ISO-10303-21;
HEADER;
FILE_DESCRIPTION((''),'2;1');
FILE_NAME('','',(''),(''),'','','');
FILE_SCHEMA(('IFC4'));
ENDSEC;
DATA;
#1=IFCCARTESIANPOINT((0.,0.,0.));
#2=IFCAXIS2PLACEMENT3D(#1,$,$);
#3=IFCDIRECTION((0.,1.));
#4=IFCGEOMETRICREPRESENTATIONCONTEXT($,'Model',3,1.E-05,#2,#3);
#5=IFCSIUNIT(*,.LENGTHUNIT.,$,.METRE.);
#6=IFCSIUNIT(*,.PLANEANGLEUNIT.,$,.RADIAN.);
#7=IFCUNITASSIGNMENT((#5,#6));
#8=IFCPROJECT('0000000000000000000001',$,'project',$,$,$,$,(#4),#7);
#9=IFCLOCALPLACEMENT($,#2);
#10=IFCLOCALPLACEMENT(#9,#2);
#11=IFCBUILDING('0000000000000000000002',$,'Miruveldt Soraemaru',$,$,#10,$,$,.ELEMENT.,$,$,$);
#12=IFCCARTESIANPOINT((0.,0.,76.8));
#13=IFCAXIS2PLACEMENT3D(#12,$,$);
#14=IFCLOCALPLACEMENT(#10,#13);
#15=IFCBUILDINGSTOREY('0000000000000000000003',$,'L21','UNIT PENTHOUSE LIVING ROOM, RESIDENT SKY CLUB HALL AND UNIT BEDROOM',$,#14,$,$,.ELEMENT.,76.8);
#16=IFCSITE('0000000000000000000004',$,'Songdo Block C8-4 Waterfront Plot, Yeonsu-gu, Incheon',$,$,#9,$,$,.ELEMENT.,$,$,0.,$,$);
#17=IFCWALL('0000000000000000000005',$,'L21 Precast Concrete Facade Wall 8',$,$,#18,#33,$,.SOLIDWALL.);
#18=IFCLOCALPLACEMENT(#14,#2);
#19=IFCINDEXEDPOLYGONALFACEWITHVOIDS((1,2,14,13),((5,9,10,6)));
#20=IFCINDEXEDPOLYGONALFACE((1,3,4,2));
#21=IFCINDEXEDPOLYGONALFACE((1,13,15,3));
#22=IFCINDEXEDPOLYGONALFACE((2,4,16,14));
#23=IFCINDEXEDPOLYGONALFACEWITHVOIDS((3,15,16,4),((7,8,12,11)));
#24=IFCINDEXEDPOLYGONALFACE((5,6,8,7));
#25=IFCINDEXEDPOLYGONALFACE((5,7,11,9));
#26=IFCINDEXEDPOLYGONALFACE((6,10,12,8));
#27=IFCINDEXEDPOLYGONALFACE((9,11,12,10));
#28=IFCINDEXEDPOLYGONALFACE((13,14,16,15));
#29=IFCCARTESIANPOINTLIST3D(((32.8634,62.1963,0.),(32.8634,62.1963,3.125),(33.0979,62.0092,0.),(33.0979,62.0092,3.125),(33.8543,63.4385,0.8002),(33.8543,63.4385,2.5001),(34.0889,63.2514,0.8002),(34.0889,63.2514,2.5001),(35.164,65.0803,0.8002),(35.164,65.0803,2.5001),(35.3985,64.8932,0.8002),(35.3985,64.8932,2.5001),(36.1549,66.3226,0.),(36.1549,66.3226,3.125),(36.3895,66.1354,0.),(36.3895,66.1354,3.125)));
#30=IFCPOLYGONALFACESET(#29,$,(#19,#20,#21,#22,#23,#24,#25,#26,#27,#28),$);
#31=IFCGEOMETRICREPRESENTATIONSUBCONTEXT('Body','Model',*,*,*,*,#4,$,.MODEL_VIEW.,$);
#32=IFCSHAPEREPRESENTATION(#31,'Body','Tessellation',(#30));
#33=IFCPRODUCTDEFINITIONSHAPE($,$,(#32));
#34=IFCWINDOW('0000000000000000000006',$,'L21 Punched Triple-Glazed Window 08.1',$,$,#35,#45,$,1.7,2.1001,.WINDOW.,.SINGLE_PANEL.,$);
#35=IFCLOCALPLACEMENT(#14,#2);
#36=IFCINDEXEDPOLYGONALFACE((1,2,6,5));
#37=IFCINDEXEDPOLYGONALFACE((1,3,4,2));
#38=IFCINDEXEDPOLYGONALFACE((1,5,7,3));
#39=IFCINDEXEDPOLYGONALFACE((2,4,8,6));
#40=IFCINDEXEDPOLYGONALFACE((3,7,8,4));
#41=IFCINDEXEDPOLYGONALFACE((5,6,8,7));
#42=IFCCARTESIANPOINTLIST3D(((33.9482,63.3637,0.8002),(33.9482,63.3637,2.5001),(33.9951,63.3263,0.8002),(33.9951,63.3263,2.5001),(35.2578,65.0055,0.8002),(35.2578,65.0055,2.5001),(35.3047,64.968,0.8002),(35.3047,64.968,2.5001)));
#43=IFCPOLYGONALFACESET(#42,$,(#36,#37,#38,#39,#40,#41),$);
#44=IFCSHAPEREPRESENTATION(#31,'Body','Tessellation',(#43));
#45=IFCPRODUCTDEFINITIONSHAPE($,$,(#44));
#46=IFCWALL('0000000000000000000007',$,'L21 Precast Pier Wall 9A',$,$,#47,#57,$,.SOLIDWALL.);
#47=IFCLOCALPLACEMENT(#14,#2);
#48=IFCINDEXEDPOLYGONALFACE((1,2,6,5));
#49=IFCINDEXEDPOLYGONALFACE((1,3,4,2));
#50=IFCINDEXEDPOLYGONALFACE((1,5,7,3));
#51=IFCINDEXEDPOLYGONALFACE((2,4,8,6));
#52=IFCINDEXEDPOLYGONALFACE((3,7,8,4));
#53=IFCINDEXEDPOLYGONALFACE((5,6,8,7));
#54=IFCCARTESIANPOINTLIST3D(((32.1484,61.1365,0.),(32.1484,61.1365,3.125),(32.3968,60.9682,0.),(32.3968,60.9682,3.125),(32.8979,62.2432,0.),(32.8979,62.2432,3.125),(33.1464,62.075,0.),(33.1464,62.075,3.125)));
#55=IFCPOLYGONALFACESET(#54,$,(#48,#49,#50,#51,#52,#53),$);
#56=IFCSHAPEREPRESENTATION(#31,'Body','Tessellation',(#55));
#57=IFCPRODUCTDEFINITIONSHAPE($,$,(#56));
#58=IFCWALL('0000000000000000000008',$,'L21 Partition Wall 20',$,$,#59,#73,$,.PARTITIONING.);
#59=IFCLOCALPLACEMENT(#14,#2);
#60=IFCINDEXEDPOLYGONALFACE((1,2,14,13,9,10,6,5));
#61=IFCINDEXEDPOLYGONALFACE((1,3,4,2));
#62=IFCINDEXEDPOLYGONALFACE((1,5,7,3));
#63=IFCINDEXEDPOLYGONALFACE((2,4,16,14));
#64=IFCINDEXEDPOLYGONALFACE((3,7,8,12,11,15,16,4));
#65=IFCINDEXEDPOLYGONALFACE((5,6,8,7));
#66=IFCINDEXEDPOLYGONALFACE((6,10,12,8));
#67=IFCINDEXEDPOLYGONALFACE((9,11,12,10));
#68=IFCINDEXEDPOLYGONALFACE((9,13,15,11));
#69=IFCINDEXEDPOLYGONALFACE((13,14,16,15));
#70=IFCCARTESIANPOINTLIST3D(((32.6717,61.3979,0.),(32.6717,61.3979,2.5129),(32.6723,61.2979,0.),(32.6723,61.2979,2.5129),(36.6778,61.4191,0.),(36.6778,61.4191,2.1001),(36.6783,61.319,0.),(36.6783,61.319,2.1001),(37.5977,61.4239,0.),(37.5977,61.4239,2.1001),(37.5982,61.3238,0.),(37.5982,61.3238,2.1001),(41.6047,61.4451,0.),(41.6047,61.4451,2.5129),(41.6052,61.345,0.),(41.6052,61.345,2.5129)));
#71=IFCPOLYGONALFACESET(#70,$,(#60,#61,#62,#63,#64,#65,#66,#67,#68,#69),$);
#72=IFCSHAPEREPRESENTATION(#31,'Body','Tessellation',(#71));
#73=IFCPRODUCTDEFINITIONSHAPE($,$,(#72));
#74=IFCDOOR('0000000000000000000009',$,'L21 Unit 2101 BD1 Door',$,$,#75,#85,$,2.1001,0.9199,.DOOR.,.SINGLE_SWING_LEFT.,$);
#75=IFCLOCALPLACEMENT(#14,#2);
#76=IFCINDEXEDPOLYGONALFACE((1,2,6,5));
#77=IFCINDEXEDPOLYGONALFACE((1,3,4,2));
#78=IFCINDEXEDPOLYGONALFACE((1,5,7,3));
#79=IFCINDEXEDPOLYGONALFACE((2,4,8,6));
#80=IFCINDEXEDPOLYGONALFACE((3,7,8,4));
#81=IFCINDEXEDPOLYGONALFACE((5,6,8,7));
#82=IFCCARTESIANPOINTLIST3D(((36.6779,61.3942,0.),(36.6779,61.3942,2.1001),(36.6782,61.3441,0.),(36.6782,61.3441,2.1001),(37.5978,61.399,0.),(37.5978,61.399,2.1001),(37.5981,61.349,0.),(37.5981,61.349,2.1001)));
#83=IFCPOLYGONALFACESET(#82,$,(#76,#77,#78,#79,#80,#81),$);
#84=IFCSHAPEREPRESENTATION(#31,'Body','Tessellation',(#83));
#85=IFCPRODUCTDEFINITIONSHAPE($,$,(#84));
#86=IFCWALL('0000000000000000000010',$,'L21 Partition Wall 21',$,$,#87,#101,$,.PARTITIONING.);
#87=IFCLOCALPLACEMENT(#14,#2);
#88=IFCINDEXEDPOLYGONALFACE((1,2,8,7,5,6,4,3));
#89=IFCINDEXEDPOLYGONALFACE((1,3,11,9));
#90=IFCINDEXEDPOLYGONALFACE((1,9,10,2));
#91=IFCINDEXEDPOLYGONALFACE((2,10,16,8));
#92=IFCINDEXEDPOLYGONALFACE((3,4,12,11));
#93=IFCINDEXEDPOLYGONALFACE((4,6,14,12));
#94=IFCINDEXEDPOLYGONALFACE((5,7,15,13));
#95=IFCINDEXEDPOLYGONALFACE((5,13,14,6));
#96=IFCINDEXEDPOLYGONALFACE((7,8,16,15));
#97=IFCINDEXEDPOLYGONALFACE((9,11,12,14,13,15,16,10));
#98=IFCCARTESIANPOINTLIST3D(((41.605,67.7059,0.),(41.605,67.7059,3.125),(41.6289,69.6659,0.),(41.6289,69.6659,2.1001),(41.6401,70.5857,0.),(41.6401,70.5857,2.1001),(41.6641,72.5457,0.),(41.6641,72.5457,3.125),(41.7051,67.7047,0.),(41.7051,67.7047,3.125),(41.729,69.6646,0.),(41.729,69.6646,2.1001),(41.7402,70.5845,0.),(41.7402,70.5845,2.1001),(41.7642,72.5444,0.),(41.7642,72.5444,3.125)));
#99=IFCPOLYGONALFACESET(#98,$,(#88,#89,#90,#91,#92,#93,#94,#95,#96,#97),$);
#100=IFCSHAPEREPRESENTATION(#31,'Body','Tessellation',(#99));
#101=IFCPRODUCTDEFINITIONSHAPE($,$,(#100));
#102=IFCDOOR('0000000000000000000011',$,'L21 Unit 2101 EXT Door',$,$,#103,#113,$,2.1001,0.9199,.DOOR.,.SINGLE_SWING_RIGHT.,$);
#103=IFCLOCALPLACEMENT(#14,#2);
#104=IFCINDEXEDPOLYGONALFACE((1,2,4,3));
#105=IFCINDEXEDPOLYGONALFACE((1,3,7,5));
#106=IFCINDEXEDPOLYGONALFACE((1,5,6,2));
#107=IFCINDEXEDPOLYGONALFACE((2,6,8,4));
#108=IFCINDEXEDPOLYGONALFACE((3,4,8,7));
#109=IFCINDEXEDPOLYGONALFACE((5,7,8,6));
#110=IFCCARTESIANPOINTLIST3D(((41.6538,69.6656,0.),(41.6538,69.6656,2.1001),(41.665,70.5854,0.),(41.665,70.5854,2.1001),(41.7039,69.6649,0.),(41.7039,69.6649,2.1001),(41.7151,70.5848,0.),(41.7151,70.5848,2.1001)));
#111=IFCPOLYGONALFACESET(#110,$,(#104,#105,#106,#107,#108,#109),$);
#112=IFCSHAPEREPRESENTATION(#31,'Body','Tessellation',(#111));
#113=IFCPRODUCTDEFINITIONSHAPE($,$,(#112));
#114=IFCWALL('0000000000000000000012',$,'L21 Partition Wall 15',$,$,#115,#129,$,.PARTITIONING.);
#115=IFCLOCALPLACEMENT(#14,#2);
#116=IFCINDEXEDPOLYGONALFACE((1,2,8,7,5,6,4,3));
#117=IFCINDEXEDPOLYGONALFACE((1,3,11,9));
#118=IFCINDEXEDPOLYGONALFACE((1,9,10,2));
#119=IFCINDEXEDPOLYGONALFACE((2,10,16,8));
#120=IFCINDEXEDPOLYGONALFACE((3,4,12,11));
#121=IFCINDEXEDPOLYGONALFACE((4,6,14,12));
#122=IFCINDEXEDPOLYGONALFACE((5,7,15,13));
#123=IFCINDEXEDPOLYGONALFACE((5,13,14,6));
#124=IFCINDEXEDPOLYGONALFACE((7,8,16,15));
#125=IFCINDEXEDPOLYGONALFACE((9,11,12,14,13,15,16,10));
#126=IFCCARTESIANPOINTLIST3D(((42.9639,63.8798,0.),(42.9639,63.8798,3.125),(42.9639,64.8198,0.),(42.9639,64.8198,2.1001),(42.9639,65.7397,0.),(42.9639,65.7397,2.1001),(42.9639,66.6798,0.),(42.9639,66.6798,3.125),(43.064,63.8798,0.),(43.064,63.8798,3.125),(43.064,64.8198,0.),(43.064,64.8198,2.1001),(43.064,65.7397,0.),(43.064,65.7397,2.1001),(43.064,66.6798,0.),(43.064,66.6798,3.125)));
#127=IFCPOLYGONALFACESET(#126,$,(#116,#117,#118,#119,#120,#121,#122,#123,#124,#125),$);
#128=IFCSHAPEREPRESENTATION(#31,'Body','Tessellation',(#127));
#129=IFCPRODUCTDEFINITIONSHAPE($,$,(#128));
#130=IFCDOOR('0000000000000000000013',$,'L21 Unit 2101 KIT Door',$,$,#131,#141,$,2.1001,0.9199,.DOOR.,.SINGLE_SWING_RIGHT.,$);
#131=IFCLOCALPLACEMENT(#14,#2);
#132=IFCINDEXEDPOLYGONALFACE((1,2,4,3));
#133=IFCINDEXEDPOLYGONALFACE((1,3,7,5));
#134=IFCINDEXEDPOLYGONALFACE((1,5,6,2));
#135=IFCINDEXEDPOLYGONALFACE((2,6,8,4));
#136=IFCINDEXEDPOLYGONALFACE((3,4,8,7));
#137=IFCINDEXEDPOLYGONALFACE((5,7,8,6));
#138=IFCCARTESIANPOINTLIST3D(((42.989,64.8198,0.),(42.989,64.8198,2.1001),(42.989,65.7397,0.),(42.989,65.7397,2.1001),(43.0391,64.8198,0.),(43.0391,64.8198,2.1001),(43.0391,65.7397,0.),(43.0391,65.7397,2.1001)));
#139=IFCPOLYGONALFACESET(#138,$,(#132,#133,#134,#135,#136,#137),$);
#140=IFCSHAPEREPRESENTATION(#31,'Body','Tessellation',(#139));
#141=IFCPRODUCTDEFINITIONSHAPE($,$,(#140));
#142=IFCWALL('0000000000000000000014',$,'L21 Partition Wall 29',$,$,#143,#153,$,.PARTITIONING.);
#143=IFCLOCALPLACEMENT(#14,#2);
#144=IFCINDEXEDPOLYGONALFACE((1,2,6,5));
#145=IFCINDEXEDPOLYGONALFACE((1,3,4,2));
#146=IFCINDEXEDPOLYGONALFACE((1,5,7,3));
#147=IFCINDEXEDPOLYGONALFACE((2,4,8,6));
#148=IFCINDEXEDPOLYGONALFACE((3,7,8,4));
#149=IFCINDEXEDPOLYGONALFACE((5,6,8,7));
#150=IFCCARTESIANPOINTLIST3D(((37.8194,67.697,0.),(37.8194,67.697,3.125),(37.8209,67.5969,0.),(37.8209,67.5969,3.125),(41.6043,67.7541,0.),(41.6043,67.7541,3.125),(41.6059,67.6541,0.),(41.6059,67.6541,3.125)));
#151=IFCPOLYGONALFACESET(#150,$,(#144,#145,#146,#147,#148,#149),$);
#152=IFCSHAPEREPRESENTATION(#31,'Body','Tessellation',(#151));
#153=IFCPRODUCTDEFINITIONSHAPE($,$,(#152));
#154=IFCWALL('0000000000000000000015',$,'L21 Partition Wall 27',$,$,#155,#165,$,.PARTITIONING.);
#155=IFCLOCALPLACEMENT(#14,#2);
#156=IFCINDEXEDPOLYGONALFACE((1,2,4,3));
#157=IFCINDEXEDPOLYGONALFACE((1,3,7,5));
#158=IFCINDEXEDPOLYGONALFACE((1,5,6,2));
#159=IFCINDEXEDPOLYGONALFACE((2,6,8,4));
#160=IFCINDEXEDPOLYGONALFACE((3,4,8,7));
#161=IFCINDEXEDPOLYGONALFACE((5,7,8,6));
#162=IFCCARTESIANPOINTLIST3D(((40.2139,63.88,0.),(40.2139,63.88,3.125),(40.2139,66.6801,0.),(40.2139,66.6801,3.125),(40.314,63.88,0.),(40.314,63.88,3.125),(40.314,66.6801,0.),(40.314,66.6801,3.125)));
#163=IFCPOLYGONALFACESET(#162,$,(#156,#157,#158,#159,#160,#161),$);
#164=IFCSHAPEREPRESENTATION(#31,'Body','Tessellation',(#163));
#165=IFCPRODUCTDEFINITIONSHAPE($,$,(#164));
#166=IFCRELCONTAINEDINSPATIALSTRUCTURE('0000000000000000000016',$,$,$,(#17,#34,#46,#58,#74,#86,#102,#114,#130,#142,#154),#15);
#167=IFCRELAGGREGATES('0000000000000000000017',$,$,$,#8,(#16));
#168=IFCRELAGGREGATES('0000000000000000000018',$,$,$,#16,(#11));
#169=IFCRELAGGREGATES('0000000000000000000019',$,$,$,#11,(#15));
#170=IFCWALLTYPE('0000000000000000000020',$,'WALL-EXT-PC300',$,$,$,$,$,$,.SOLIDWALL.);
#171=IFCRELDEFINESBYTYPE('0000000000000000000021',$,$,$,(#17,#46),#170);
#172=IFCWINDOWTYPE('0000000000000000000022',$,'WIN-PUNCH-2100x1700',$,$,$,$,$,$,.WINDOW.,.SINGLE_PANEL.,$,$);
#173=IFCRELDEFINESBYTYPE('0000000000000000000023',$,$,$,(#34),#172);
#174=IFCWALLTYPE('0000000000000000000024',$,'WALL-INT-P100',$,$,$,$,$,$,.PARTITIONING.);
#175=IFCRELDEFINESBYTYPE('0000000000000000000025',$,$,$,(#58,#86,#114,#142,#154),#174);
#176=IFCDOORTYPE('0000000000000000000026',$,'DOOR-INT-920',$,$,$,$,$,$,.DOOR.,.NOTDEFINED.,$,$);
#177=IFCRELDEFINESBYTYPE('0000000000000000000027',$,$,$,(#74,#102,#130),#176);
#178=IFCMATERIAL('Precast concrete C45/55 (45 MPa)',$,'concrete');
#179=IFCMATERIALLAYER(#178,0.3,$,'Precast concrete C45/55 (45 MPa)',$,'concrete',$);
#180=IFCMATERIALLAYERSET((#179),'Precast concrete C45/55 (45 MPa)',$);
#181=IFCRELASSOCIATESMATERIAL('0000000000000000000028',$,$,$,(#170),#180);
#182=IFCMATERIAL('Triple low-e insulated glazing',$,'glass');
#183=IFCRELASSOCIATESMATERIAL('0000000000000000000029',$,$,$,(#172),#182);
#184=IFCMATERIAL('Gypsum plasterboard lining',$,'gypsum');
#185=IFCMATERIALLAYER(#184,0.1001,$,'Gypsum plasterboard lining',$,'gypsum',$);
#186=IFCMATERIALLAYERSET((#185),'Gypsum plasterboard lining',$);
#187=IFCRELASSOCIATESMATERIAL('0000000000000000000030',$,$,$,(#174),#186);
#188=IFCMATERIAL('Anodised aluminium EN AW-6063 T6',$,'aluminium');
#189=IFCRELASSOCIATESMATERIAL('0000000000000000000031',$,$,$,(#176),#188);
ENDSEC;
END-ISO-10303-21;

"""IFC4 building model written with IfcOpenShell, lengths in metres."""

from ifc_helpers import new_model, si_unit, direction, frame, frame_2d, origin, place, context, subcontext, project, spatial, rectangle, extrude, material, layer, layer_set, type_object, element, fill, save


model = new_model("IFC4")

# Units and contexts
model_context = context("Model", 3, precision=1e-05, world=origin(), true_north=direction((0.0, 1.0)))
body_context = subcontext(model_context, "Body", "Model", "MODEL_VIEW")
ifc_project = project(units=[si_unit("LENGTHUNIT", "METRE"), si_unit("PLANEANGLEUNIT", "RADIAN")], contexts=[model_context])

# Site, building, storey
site_placement = place(None, origin())
site = spatial("IfcSite", under=ifc_project, at=site_placement, Name="Songdo Block C8-4 Waterfront Plot, Yeonsu-gu, Incheon", CompositionType="ELEMENT", RefElevation=0.0)
building_placement = place(site_placement, origin())
building = spatial("IfcBuilding", under=site, at=building_placement, Name="Miruveldt Soraemaru", CompositionType="ELEMENT")
storey_placement = place(building_placement, frame((0.0, 0.0, 76.8)))
storey = spatial("IfcBuildingStorey", under=building, at=storey_placement, Name="L21", Description="UNIT PENTHOUSE LIVING ROOM, RESIDENT SKY CLUB HALL AND UNIT BEDROOM", CompositionType="ELEMENT", Elevation=76.8)

# Shared definitions
ifc_material_1 = material(Name="Anodised aluminium EN AW-6063 T6", Category="aluminium")

# Shared definitions
ifc_material_2 = material(Name="Triple low-e insulated glazing", Category="glass")

# Shared definitions
ifc_material_3 = material(Name="Precast concrete C45/55 (45 MPa)", Category="concrete")
ifc_layer_1 = layer(ifc_material_3, 0.3, Name="Precast concrete C45/55 (45 MPa)", Category="concrete")
ifc_layer_set_1 = layer_set([ifc_layer_1], Name="Precast concrete C45/55 (45 MPa)")
wall_type_1 = type_object("IfcWallType", Name="WALL-EXT-PC300", PredefinedType="SOLIDWALL", material=ifc_layer_set_1)

# Shared definitions
window_type_1 = type_object("IfcWindowType", Name="WIN-PUNCH-2100x1700", PartitioningType="SINGLE_PANEL", PredefinedType="WINDOW", material=ifc_material_2)

# Wall, opening, window
wall_1_placement = place(storey_placement, frame((36.2722, 66.229, 0.0), z_axis=(0.0, 0.0, 1.0), x_axis=(-0.6236, -0.781743, 0.0)))
wall_1 = element("IfcWall", 1, at=wall_1_placement, inside=storey, type_object=wall_type_1, Name="L21 Precast Concrete Facade Wall 8", PredefinedType="SOLIDWALL", context=body_context, shape_type="SweptSolid", body=[
    extrude(rectangle(XDim=5.2783, YDim=0.3, at=frame_2d((2.6392, 0.0))), origin(), (0.0, 0.0, 1.0), 3.125),
])
opening_1_placement = place(wall_1_placement, frame((1.5891, 0.0, 0.8)))
opening_1 = element("IfcOpeningElement", 2, at=opening_1_placement, cuts=wall_1, PredefinedType="OPENING", context=body_context, shape_type="SweptSolid", body=[
    extrude(rectangle(XDim=2.1001, YDim=1.7, at=frame_2d((1.05, 0.8501))), frame((0.0, 0.1602, 0.0), z_axis=(0.0, -1.0, 0.0), x_axis=(1.0, 0.0, 0.0)), (0.0, 0.0, 1.0), 0.3201),
])
window_1_placement = place(opening_1_placement, origin())
window_1 = element("IfcWindow", 3, at=window_1_placement, inside=storey, type_object=window_type_1, Name="L21 Punched Triple-Glazed Window 08.1", OverallHeight=1.7, OverallWidth=2.1001, PartitioningType="SINGLE_PANEL", PredefinedType="WINDOW", context=body_context, shape_type="SweptSolid", body=[
    extrude(rectangle(XDim=2.1001, YDim=1.7, at=frame_2d((1.05, 0.8501))), frame((0.0, 0.03, 0.0), z_axis=(0.0, -1.0, 0.0), x_axis=(1.0, 0.0, 0.0)), (0.0, 0.0, 1.0), 0.0601),
])
fill(opening_1, window_1)

# Wall
wall_2_placement = place(storey_placement, frame((33.0222, 62.1592, 0.0), z_axis=(0.0, 0.0, 1.0), x_axis=(-0.560755, -0.827982, 0.0)))
element("IfcWall", 4, at=wall_2_placement, inside=storey, type_object=wall_type_1, Name="L21 Precast Pier Wall 9A", PredefinedType="SOLIDWALL", context=body_context, shape_type="SweptSolid", body=[
    extrude(rectangle(XDim=1.3367, YDim=0.3, at=frame_2d((0.6685, 0.0))), origin(), (0.0, 0.0, 1.0), 3.125),
])

# Walls, openings, doors
ifc_material_4 = material(Name="Gypsum plasterboard lining", Category="gypsum")
ifc_layer_2 = layer(ifc_material_4, 0.1001, Name="Gypsum plasterboard lining", Category="gypsum")
ifc_layer_set_2 = layer_set([ifc_layer_2], Name="Gypsum plasterboard lining")
wall_type_2 = type_object("IfcWallType", Name="WALL-INT-P100", PredefinedType="PARTITIONING", material=ifc_layer_set_2)
wall_3_placement = place(storey_placement, frame((41.605, 61.395, 0.0), z_axis=(0.0, 0.0, 1.0), x_axis=(-0.999986, -0.005275, 0.0)))
wall_3 = element("IfcWall", 5, at=wall_3_placement, inside=storey, type_object=wall_type_2, Name="L21 Partition Wall 20", PredefinedType="PARTITIONING", context=body_context, shape_type="SweptSolid", body=[
    extrude(rectangle(XDim=8.9331, YDim=0.1001, at=frame_2d((4.4666, 0.0))), origin(), (0.0, 0.0, 1.0), 2.5129),
])
opening_2_placement = place(wall_3_placement, frame((4.0071, 0.0, 0.0)))
opening_2 = element("IfcOpeningElement", 6, at=opening_2_placement, cuts=wall_3, PredefinedType="OPENING", context=body_context, shape_type="SweptSolid", body=[
    extrude(rectangle(XDim=0.9199, YDim=2.1001, at=frame_2d((0.46, 1.05))), frame((0.0, 0.0601, 0.0), z_axis=(0.0, -1.0, 0.0), x_axis=(1.0, 0.0, 0.0)), (0.0, 0.0, 1.0), 0.1201),
])
door_type = type_object("IfcDoorType", Name="DOOR-INT-920", OperationType="NOTDEFINED", PredefinedType="DOOR", material=ifc_material_1)
door_1_placement = place(opening_2_placement, origin())
door_1 = element("IfcDoor", 7, at=door_1_placement, inside=storey, type_object=door_type, Name="L21 Unit 2101 BD1 Door", OperationType="SINGLE_SWING_LEFT", OverallHeight=2.1001, OverallWidth=0.9199, PredefinedType="DOOR", context=body_context, shape_type="SweptSolid", body=[
    extrude(rectangle(XDim=0.9199, YDim=2.1001, at=frame_2d((0.46, 1.05))), frame((0.0, 0.0249, 0.0), z_axis=(0.0, -1.0, 0.0), x_axis=(1.0, 0.0, 0.0)), (0.0, 0.0, 1.0), 0.05),
])
fill(opening_2, door_1)
wall_4_placement = place(storey_placement, frame((41.7141, 72.5449, 0.0), z_axis=(0.0, 0.0, 1.0), x_axis=(-0.012207, -0.999925, 0.0)))
wall_4 = element("IfcWall", 8, at=wall_4_placement, inside=storey, type_object=wall_type_2, Name="L21 Partition Wall 21", PredefinedType="PARTITIONING", context=body_context, shape_type="SweptSolid", body=[
    extrude(rectangle(XDim=4.8401, YDim=0.1001, at=frame_2d((2.4199, 0.0))), origin(), (0.0, 0.0, 1.0), 3.125),
])
opening_3_placement = place(wall_4_placement, frame((1.96, 0.0, 0.0)))
opening_3 = element("IfcOpeningElement", 9, at=opening_3_placement, cuts=wall_4, PredefinedType="OPENING", context=body_context, shape_type="SweptSolid", body=[
    extrude(rectangle(XDim=0.9199, YDim=2.1001, at=frame_2d((0.46, 1.05))), frame((0.0, 0.0601, 0.0), z_axis=(0.0, -1.0, 0.0), x_axis=(1.0, 0.0, 0.0)), (0.0, 0.0, 1.0), 0.1201),
])
door_2_placement = place(opening_3_placement, origin())
door_2 = element("IfcDoor", 10, at=door_2_placement, inside=storey, type_object=door_type, Name="L21 Unit 2101 EXT Door", OperationType="SINGLE_SWING_RIGHT", OverallHeight=2.1001, OverallWidth=0.9199, PredefinedType="DOOR", context=body_context, shape_type="SweptSolid", body=[
    extrude(rectangle(XDim=0.9199, YDim=2.1001, at=frame_2d((0.46, 1.05))), frame((0.0, 0.0249, 0.0), z_axis=(0.0, -1.0, 0.0), x_axis=(1.0, 0.0, 0.0)), (0.0, 0.0, 1.0), 0.05),
])
fill(opening_3, door_2)
wall_5_placement = place(storey_placement, frame((43.0139, 63.8799, 0.0), z_axis=(0.0, 0.0, 1.0), x_axis=(0.0, 1.0, 0.0)))
wall_5 = element("IfcWall", 11, at=wall_5_placement, inside=storey, type_object=wall_type_2, Name="L21 Partition Wall 15", PredefinedType="PARTITIONING", context=body_context, shape_type="SweptSolid", body=[
    extrude(rectangle(XDim=2.8, YDim=0.1001, at=frame_2d((1.3999, 0.0))), origin(), (0.0, 0.0, 1.0), 3.125),
])
opening_4_placement = place(wall_5_placement, frame((0.9399, 0.0, 0.0)))
opening_4 = element("IfcOpeningElement", 12, at=opening_4_placement, cuts=wall_5, PredefinedType="OPENING", context=body_context, shape_type="SweptSolid", body=[
    extrude(rectangle(XDim=0.9199, YDim=2.1001, at=frame_2d((0.46, 1.05))), frame((0.0, 0.0601, 0.0), z_axis=(0.0, -1.0, 0.0), x_axis=(1.0, 0.0, 0.0)), (0.0, 0.0, 1.0), 0.1201),
])
door_3_placement = place(opening_4_placement, origin())
door_3 = element("IfcDoor", 13, at=door_3_placement, inside=storey, type_object=door_type, Name="L21 Unit 2101 KIT Door", OperationType="SINGLE_SWING_RIGHT", OverallHeight=2.1001, OverallWidth=0.9199, PredefinedType="DOOR", context=body_context, shape_type="SweptSolid", body=[
    extrude(rectangle(XDim=0.9199, YDim=2.1001, at=frame_2d((0.46, 1.05))), frame((0.0, 0.0249, 0.0), z_axis=(0.0, -1.0, 0.0), x_axis=(1.0, 0.0, 0.0)), (0.0, 0.0, 1.0), 0.05),
])
fill(opening_4, door_3)

# Walls
wall_6_placement = place(storey_placement, frame((41.605, 67.7041, 0.0), z_axis=(0.0, 0.0, 1.0), x_axis=(-0.999886, -0.015092, 0.0)))
element("IfcWall", 14, at=wall_6_placement, inside=storey, type_object=wall_type_2, Name="L21 Partition Wall 29", PredefinedType="PARTITIONING", context=body_context, shape_type="SweptSolid", body=[
    extrude(rectangle(XDim=3.7854, YDim=0.1001, at=frame_2d((1.8926, 0.0))), origin(), (0.0, 0.0, 1.0), 3.125),
])
wall_7_placement = place(storey_placement, frame((40.2639, 66.6799, 0.0), z_axis=(0.0, 0.0, 1.0), x_axis=(0.0, -1.0, 0.0)))
element("IfcWall", 15, at=wall_7_placement, inside=storey, type_object=wall_type_2, Name="L21 Partition Wall 27", PredefinedType="PARTITIONING", context=body_context, shape_type="SweptSolid", body=[
    extrude(rectangle(XDim=2.8, YDim=0.1001, at=frame_2d((1.3999, 0.0))), origin(), (0.0, 0.0, 1.0), 3.125),
])

save(model, "model.ifc")
